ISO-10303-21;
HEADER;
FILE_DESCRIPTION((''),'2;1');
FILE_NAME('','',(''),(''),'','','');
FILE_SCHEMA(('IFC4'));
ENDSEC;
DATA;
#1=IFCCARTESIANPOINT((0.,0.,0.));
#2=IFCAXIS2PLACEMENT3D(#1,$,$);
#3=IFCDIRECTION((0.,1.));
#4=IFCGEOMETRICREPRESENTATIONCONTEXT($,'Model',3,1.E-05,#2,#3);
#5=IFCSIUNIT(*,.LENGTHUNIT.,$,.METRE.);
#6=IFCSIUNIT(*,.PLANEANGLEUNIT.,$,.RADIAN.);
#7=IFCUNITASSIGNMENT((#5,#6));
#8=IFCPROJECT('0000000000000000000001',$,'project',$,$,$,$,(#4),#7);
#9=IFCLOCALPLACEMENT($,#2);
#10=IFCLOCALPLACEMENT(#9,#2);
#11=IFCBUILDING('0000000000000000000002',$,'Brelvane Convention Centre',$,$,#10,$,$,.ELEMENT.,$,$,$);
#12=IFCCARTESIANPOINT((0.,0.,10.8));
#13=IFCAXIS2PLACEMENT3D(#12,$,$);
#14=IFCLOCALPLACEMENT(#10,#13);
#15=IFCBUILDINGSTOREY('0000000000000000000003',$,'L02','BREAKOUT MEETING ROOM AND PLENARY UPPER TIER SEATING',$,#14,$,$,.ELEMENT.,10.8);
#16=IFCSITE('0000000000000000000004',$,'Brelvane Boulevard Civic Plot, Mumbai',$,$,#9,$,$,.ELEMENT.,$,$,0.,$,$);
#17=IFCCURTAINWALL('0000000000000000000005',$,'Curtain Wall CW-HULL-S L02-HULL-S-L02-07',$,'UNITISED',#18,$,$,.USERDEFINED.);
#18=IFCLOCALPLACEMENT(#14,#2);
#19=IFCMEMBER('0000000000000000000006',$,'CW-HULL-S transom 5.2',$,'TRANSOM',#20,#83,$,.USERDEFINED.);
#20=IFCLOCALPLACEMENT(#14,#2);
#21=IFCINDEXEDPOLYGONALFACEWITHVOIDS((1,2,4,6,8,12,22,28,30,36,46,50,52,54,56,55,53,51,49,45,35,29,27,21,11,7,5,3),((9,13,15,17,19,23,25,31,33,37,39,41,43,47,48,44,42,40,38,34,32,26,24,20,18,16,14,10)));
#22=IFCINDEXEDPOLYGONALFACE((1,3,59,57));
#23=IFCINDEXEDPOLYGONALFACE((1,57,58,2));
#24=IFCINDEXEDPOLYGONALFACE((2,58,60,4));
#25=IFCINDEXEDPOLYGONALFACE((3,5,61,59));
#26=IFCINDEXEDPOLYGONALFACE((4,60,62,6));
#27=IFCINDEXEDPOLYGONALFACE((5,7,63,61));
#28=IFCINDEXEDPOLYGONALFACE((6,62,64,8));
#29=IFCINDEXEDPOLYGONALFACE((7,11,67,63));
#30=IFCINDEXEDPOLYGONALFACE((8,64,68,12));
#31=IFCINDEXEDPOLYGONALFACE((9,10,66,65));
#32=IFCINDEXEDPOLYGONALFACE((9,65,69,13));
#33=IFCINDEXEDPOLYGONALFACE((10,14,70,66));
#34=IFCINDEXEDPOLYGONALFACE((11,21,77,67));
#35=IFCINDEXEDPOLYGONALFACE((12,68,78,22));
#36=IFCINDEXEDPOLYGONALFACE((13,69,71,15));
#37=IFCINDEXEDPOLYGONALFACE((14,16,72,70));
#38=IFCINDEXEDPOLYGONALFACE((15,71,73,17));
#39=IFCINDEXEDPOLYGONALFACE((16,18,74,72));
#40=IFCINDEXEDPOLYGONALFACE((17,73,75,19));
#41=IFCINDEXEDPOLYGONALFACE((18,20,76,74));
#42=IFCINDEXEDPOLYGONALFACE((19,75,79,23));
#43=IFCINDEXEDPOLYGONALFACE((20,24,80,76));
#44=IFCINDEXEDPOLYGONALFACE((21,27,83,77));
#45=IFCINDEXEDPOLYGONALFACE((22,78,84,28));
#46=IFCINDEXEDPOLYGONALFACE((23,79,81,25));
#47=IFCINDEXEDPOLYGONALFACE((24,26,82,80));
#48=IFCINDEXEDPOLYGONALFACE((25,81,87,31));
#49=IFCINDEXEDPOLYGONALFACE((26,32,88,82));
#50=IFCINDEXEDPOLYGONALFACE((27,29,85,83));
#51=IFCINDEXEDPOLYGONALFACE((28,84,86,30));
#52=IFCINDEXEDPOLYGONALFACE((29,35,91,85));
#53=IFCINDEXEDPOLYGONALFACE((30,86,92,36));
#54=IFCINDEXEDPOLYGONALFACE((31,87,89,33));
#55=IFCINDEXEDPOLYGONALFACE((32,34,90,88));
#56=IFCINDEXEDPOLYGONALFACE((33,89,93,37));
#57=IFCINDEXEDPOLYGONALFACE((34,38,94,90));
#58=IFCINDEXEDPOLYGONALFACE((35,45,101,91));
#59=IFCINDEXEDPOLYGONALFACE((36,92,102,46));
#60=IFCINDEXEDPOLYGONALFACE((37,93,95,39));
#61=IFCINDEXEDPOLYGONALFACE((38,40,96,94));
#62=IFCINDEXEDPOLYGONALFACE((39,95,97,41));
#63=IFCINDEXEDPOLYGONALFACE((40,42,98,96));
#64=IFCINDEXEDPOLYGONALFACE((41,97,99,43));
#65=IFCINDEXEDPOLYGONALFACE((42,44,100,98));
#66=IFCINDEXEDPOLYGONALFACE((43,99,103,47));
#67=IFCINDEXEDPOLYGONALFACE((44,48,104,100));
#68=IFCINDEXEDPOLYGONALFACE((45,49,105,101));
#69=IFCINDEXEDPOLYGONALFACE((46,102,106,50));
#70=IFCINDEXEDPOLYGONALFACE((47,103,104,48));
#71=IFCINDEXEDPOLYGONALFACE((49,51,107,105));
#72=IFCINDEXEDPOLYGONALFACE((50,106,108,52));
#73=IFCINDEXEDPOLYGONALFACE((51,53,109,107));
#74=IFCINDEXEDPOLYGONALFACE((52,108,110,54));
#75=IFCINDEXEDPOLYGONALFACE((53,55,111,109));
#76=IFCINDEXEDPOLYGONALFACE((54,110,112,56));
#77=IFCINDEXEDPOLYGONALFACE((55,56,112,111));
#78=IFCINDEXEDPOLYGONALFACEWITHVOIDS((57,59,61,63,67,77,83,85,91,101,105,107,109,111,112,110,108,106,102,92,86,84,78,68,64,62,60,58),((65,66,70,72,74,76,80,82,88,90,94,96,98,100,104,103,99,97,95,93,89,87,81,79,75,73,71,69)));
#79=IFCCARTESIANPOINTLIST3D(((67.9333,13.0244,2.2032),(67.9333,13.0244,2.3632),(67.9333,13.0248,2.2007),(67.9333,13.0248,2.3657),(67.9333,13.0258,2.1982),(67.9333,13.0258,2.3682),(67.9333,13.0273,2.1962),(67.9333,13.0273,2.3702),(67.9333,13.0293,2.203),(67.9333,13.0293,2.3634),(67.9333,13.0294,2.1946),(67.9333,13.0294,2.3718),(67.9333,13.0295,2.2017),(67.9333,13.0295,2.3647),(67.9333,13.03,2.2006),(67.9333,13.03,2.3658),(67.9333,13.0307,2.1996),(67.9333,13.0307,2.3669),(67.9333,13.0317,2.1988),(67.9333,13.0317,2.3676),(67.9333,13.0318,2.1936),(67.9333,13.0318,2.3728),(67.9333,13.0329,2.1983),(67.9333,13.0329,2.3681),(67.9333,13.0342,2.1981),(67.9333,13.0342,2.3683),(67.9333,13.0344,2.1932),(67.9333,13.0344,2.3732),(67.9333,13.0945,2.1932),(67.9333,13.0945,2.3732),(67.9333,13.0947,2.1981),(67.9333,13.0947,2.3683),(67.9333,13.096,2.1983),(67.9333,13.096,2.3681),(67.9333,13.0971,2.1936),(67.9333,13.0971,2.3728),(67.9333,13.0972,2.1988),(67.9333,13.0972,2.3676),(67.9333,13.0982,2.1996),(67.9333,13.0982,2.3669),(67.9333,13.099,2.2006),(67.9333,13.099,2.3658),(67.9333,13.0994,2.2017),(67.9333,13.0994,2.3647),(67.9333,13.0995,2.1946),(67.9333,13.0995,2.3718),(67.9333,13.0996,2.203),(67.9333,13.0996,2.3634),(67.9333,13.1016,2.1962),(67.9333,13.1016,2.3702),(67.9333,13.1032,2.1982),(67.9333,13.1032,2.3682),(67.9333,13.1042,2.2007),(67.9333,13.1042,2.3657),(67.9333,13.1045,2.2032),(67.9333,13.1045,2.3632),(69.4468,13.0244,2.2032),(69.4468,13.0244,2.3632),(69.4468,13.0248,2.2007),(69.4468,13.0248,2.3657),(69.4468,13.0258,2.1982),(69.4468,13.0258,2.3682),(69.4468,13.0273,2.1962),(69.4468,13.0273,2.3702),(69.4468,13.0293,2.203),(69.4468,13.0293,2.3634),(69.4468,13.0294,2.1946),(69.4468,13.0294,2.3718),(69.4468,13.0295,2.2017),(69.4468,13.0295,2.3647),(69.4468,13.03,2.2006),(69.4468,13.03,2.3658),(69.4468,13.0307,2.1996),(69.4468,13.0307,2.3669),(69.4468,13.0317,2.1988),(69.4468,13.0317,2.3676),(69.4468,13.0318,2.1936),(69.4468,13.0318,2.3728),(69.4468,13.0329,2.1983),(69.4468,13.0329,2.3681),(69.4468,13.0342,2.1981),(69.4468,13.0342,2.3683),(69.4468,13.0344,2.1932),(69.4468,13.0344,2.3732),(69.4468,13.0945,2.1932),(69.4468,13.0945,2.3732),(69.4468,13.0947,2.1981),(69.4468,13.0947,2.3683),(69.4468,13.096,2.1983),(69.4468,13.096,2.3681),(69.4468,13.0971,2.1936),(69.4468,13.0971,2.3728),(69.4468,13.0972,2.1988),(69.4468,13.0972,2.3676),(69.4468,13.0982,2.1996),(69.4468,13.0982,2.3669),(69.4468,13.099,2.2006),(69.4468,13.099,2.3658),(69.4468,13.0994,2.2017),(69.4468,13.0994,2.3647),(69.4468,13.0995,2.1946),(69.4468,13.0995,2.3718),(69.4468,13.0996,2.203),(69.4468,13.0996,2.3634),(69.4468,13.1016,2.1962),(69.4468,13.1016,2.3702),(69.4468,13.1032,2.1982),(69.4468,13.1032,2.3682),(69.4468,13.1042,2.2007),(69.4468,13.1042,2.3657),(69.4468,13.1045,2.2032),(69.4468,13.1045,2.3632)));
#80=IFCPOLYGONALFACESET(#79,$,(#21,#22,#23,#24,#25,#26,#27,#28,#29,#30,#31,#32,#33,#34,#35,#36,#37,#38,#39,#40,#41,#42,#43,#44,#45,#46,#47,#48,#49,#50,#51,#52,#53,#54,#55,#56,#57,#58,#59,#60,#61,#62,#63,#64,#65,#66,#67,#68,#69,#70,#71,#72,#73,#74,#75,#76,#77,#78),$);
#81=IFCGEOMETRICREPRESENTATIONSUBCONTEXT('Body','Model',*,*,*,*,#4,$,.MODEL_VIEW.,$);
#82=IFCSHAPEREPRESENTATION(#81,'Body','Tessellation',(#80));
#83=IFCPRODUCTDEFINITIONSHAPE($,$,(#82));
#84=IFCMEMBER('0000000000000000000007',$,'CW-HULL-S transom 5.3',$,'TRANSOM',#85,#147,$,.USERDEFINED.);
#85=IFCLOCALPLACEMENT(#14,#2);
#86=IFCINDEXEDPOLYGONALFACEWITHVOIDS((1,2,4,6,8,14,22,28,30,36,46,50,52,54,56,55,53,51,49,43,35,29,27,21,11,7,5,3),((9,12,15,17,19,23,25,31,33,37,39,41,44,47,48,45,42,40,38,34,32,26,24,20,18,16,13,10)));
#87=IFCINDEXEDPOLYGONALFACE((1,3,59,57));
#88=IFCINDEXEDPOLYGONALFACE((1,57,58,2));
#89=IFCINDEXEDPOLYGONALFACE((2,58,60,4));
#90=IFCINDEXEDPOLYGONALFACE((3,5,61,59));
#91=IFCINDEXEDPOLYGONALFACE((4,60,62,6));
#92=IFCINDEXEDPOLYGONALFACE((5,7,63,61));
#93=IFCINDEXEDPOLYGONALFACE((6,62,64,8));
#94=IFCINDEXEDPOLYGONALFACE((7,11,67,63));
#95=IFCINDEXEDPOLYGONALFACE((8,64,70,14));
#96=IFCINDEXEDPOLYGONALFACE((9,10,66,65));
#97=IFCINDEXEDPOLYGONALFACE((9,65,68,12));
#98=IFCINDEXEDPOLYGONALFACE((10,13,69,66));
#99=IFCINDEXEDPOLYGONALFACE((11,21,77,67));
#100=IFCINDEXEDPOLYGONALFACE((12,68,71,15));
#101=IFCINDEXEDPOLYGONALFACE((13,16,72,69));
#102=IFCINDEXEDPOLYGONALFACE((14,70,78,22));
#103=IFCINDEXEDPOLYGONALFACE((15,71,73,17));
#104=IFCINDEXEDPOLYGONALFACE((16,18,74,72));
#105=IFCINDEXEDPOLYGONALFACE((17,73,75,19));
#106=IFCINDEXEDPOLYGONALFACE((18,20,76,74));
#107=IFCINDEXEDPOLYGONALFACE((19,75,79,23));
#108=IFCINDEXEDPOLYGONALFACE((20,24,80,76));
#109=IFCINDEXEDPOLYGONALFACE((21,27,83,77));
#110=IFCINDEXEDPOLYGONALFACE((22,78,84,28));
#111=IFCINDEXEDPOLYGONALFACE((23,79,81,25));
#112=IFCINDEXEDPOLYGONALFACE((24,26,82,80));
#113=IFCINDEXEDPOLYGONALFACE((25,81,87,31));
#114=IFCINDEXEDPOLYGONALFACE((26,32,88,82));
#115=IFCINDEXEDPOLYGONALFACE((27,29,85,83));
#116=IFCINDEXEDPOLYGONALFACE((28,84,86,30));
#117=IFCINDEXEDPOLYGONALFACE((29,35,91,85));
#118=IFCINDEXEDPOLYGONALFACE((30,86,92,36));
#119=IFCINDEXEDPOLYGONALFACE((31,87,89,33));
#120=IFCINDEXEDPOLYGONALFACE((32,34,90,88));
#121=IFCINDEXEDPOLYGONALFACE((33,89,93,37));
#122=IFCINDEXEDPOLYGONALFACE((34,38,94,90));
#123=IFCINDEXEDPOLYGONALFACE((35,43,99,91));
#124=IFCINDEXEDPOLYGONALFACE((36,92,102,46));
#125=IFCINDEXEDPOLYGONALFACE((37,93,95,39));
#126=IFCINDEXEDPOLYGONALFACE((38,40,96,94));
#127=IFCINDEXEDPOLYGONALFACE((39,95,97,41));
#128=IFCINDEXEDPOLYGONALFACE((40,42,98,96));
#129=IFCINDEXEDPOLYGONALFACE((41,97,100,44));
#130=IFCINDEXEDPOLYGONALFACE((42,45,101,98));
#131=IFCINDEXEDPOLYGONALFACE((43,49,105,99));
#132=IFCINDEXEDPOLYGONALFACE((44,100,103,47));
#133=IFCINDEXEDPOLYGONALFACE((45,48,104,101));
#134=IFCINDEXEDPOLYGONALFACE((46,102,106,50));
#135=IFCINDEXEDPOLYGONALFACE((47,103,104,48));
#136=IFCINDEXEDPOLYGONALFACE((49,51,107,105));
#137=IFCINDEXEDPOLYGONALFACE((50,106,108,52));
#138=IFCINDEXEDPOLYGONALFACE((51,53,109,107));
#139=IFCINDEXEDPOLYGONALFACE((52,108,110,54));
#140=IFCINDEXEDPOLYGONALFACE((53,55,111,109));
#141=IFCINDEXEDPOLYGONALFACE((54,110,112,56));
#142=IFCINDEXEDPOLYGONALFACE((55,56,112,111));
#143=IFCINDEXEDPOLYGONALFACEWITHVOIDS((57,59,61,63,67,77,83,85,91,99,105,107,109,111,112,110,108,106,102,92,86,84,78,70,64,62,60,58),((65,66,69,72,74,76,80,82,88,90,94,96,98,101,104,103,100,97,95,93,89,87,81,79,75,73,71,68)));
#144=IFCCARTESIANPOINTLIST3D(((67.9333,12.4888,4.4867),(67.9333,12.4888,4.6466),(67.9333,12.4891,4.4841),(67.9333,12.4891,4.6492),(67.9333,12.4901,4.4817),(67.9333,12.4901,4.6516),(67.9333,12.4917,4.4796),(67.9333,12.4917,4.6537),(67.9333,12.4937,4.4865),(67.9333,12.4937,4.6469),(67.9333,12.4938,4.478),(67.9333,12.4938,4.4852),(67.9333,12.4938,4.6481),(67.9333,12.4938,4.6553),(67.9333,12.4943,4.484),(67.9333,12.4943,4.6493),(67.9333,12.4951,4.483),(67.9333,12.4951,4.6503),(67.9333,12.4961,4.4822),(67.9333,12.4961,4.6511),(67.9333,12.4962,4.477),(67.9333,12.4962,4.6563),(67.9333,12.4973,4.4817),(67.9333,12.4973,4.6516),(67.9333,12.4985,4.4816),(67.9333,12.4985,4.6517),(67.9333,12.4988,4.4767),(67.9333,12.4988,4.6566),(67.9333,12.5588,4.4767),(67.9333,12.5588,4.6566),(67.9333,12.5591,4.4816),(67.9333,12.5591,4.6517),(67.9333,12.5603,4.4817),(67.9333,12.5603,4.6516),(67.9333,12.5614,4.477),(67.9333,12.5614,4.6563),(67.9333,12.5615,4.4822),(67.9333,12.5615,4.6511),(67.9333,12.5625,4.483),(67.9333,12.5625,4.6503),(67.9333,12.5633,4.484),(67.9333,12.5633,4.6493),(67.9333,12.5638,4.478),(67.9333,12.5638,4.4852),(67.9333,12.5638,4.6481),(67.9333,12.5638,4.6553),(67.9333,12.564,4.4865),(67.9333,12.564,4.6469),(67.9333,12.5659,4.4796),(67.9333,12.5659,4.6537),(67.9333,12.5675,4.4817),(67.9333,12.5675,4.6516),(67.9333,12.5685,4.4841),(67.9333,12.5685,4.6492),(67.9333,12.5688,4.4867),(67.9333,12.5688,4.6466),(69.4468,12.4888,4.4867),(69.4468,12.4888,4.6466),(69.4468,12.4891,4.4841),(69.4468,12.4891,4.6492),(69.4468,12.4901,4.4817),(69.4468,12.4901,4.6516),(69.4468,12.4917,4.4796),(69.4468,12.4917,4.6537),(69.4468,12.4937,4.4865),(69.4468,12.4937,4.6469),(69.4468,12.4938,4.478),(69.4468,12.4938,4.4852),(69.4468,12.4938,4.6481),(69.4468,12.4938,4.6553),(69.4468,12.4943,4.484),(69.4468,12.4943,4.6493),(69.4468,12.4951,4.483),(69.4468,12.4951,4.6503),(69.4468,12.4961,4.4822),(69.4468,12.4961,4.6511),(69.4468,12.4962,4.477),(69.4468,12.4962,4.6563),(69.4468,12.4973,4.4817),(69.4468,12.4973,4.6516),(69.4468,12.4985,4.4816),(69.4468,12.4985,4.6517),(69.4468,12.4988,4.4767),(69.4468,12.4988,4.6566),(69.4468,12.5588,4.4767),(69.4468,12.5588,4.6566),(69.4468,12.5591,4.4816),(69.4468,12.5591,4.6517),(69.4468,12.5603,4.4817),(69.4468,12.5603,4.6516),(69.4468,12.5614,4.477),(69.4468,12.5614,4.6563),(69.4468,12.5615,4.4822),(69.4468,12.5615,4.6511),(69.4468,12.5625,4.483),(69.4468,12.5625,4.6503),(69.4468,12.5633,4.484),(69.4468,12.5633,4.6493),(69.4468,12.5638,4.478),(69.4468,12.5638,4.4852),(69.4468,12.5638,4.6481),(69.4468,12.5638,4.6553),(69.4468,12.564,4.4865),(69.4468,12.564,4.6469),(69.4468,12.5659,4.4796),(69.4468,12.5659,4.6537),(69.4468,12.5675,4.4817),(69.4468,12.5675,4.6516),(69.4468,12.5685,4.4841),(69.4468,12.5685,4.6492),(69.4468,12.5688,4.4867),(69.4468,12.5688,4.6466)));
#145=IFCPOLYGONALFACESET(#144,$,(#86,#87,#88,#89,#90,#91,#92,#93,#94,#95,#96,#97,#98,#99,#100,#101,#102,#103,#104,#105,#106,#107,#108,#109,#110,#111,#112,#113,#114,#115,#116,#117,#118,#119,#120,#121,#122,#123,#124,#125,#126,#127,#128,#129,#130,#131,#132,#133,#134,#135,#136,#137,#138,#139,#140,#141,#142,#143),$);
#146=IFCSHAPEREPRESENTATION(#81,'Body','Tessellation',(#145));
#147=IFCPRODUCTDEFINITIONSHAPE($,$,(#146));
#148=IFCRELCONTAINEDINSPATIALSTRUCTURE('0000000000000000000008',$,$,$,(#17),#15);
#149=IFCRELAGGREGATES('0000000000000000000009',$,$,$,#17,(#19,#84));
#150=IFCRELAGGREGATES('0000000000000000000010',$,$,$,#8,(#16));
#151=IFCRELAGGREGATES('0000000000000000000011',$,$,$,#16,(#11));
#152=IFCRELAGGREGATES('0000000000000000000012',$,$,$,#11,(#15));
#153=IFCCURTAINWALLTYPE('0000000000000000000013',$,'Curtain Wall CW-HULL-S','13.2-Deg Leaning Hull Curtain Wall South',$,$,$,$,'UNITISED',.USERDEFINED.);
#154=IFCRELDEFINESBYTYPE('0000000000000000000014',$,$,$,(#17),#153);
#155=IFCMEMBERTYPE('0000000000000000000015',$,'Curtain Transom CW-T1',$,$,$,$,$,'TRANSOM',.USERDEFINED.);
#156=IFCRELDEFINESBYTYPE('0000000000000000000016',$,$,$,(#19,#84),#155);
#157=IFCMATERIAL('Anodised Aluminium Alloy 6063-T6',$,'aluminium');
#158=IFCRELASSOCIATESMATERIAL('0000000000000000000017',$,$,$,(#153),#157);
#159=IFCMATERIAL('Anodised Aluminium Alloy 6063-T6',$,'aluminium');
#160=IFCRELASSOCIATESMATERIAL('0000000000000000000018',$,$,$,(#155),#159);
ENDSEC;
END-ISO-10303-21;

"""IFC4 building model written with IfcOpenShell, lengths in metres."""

from ifc_helpers import new_model, si_unit, direction, frame, origin, origin_2d, place, context, subcontext, project, spatial, hollow_rectangle, extrude, material, material_profile, profile_set, type_object, element, aggregate, save


model = new_model("IFC4")

# Units and contexts
model_context = context("Model", 3, precision=1e-05, world=origin(), true_north=direction((0.0, 1.0)))
body_context = subcontext(model_context, "Body", "Model", "MODEL_VIEW")
ifc_project = project(units=[si_unit("LENGTHUNIT", "METRE"), si_unit("PLANEANGLEUNIT", "RADIAN")], contexts=[model_context])

# Site, building, storey
site_placement = place(None, origin())
site = spatial("IfcSite", under=ifc_project, at=site_placement, Name="Brelvane Boulevard Civic Plot, Mumbai", CompositionType="ELEMENT", RefElevation=0.0)
building_placement = place(site_placement, origin())
building = spatial("IfcBuilding", under=site, at=building_placement, Name="Brelvane Convention Centre", CompositionType="ELEMENT")
storey_placement = place(building_placement, frame((0.0, 0.0, 10.8)))
storey = spatial("IfcBuildingStorey", under=building, at=storey_placement, Name="L02", Description="BREAKOUT MEETING ROOM AND PLENARY UPPER TIER SEATING", CompositionType="ELEMENT", Elevation=10.8)

# Curtain wall, members
ifc_material_1 = material(Name="Anodised Aluminium Alloy 6063-T6", Category="aluminium")
curtain_wall_type = type_object("IfcCurtainWallType", Name="Curtain Wall CW-HULL-S", Description="13.2-Deg Leaning Hull Curtain Wall South", ElementType="UNITISED", PredefinedType="USERDEFINED", material=ifc_material_1)
curtain_wall_1_placement = place(storey_placement, origin())
curtain_wall_1 = element("IfcCurtainWall", 1, at=curtain_wall_1_placement, inside=storey, type_object=curtain_wall_type, Name="Curtain Wall CW-HULL-S L02-HULL-S-L02-07", ObjectType="UNITISED", PredefinedType="USERDEFINED")
ifc_material_2 = material(Name="Anodised Aluminium Alloy 6063-T6", Category="aluminium")
ifc_material_profile = material_profile(ifc_material_2, hollow_rectangle(XDim=0.0801, YDim=0.1799, WallThickness=0.0049, InnerFilletRadius=0.0049, OuterFilletRadius=0.01, at=origin_2d()), Name="ALU-T 180x80x5.0")
ifc_profile_set = profile_set([ifc_material_profile], Name="Anodised Aluminium Alloy 6063-T6")
member_type = type_object("IfcMemberType", Name="Curtain Transom CW-T1", ElementType="TRANSOM", PredefinedType="USERDEFINED", material=ifc_profile_set)
member_1_placement = place(storey_placement, frame((67.9333, 13.0645, 2.2832), z_axis=(1.0, 0.0, 0.0), x_axis=(0.0, 1.0, 0.0)))
member_1 = element("IfcMember", 2, at=member_1_placement, type_object=member_type, Name="CW-HULL-S transom 5.2", ObjectType="TRANSOM", PredefinedType="USERDEFINED", context=body_context, shape_type="SweptSolid", body=[
    extrude(hollow_rectangle(XDim=0.0801, YDim=0.1799, WallThickness=0.0049, InnerFilletRadius=0.0049, OuterFilletRadius=0.01, at=origin_2d()), origin(), (0.0, 0.0, 1.0), 1.5134),
])
member_2_placement = place(storey_placement, frame((67.9333, 12.5288, 4.5667), z_axis=(1.0, 0.0, 0.0), x_axis=(0.0, 1.0, 0.0)))
member_2 = element("IfcMember", 3, at=member_2_placement, type_object=member_type, Name="CW-HULL-S transom 5.3", ObjectType="TRANSOM", PredefinedType="USERDEFINED", context=body_context, shape_type="SweptSolid", body=[
    extrude(hollow_rectangle(XDim=0.0801, YDim=0.1799, WallThickness=0.0049, InnerFilletRadius=0.0049, OuterFilletRadius=0.01, at=origin_2d()), origin(), (0.0, 0.0, 1.0), 1.5134),
])

aggregate(curtain_wall_1, [member_1, member_2])

save(model, "model.ifc")
